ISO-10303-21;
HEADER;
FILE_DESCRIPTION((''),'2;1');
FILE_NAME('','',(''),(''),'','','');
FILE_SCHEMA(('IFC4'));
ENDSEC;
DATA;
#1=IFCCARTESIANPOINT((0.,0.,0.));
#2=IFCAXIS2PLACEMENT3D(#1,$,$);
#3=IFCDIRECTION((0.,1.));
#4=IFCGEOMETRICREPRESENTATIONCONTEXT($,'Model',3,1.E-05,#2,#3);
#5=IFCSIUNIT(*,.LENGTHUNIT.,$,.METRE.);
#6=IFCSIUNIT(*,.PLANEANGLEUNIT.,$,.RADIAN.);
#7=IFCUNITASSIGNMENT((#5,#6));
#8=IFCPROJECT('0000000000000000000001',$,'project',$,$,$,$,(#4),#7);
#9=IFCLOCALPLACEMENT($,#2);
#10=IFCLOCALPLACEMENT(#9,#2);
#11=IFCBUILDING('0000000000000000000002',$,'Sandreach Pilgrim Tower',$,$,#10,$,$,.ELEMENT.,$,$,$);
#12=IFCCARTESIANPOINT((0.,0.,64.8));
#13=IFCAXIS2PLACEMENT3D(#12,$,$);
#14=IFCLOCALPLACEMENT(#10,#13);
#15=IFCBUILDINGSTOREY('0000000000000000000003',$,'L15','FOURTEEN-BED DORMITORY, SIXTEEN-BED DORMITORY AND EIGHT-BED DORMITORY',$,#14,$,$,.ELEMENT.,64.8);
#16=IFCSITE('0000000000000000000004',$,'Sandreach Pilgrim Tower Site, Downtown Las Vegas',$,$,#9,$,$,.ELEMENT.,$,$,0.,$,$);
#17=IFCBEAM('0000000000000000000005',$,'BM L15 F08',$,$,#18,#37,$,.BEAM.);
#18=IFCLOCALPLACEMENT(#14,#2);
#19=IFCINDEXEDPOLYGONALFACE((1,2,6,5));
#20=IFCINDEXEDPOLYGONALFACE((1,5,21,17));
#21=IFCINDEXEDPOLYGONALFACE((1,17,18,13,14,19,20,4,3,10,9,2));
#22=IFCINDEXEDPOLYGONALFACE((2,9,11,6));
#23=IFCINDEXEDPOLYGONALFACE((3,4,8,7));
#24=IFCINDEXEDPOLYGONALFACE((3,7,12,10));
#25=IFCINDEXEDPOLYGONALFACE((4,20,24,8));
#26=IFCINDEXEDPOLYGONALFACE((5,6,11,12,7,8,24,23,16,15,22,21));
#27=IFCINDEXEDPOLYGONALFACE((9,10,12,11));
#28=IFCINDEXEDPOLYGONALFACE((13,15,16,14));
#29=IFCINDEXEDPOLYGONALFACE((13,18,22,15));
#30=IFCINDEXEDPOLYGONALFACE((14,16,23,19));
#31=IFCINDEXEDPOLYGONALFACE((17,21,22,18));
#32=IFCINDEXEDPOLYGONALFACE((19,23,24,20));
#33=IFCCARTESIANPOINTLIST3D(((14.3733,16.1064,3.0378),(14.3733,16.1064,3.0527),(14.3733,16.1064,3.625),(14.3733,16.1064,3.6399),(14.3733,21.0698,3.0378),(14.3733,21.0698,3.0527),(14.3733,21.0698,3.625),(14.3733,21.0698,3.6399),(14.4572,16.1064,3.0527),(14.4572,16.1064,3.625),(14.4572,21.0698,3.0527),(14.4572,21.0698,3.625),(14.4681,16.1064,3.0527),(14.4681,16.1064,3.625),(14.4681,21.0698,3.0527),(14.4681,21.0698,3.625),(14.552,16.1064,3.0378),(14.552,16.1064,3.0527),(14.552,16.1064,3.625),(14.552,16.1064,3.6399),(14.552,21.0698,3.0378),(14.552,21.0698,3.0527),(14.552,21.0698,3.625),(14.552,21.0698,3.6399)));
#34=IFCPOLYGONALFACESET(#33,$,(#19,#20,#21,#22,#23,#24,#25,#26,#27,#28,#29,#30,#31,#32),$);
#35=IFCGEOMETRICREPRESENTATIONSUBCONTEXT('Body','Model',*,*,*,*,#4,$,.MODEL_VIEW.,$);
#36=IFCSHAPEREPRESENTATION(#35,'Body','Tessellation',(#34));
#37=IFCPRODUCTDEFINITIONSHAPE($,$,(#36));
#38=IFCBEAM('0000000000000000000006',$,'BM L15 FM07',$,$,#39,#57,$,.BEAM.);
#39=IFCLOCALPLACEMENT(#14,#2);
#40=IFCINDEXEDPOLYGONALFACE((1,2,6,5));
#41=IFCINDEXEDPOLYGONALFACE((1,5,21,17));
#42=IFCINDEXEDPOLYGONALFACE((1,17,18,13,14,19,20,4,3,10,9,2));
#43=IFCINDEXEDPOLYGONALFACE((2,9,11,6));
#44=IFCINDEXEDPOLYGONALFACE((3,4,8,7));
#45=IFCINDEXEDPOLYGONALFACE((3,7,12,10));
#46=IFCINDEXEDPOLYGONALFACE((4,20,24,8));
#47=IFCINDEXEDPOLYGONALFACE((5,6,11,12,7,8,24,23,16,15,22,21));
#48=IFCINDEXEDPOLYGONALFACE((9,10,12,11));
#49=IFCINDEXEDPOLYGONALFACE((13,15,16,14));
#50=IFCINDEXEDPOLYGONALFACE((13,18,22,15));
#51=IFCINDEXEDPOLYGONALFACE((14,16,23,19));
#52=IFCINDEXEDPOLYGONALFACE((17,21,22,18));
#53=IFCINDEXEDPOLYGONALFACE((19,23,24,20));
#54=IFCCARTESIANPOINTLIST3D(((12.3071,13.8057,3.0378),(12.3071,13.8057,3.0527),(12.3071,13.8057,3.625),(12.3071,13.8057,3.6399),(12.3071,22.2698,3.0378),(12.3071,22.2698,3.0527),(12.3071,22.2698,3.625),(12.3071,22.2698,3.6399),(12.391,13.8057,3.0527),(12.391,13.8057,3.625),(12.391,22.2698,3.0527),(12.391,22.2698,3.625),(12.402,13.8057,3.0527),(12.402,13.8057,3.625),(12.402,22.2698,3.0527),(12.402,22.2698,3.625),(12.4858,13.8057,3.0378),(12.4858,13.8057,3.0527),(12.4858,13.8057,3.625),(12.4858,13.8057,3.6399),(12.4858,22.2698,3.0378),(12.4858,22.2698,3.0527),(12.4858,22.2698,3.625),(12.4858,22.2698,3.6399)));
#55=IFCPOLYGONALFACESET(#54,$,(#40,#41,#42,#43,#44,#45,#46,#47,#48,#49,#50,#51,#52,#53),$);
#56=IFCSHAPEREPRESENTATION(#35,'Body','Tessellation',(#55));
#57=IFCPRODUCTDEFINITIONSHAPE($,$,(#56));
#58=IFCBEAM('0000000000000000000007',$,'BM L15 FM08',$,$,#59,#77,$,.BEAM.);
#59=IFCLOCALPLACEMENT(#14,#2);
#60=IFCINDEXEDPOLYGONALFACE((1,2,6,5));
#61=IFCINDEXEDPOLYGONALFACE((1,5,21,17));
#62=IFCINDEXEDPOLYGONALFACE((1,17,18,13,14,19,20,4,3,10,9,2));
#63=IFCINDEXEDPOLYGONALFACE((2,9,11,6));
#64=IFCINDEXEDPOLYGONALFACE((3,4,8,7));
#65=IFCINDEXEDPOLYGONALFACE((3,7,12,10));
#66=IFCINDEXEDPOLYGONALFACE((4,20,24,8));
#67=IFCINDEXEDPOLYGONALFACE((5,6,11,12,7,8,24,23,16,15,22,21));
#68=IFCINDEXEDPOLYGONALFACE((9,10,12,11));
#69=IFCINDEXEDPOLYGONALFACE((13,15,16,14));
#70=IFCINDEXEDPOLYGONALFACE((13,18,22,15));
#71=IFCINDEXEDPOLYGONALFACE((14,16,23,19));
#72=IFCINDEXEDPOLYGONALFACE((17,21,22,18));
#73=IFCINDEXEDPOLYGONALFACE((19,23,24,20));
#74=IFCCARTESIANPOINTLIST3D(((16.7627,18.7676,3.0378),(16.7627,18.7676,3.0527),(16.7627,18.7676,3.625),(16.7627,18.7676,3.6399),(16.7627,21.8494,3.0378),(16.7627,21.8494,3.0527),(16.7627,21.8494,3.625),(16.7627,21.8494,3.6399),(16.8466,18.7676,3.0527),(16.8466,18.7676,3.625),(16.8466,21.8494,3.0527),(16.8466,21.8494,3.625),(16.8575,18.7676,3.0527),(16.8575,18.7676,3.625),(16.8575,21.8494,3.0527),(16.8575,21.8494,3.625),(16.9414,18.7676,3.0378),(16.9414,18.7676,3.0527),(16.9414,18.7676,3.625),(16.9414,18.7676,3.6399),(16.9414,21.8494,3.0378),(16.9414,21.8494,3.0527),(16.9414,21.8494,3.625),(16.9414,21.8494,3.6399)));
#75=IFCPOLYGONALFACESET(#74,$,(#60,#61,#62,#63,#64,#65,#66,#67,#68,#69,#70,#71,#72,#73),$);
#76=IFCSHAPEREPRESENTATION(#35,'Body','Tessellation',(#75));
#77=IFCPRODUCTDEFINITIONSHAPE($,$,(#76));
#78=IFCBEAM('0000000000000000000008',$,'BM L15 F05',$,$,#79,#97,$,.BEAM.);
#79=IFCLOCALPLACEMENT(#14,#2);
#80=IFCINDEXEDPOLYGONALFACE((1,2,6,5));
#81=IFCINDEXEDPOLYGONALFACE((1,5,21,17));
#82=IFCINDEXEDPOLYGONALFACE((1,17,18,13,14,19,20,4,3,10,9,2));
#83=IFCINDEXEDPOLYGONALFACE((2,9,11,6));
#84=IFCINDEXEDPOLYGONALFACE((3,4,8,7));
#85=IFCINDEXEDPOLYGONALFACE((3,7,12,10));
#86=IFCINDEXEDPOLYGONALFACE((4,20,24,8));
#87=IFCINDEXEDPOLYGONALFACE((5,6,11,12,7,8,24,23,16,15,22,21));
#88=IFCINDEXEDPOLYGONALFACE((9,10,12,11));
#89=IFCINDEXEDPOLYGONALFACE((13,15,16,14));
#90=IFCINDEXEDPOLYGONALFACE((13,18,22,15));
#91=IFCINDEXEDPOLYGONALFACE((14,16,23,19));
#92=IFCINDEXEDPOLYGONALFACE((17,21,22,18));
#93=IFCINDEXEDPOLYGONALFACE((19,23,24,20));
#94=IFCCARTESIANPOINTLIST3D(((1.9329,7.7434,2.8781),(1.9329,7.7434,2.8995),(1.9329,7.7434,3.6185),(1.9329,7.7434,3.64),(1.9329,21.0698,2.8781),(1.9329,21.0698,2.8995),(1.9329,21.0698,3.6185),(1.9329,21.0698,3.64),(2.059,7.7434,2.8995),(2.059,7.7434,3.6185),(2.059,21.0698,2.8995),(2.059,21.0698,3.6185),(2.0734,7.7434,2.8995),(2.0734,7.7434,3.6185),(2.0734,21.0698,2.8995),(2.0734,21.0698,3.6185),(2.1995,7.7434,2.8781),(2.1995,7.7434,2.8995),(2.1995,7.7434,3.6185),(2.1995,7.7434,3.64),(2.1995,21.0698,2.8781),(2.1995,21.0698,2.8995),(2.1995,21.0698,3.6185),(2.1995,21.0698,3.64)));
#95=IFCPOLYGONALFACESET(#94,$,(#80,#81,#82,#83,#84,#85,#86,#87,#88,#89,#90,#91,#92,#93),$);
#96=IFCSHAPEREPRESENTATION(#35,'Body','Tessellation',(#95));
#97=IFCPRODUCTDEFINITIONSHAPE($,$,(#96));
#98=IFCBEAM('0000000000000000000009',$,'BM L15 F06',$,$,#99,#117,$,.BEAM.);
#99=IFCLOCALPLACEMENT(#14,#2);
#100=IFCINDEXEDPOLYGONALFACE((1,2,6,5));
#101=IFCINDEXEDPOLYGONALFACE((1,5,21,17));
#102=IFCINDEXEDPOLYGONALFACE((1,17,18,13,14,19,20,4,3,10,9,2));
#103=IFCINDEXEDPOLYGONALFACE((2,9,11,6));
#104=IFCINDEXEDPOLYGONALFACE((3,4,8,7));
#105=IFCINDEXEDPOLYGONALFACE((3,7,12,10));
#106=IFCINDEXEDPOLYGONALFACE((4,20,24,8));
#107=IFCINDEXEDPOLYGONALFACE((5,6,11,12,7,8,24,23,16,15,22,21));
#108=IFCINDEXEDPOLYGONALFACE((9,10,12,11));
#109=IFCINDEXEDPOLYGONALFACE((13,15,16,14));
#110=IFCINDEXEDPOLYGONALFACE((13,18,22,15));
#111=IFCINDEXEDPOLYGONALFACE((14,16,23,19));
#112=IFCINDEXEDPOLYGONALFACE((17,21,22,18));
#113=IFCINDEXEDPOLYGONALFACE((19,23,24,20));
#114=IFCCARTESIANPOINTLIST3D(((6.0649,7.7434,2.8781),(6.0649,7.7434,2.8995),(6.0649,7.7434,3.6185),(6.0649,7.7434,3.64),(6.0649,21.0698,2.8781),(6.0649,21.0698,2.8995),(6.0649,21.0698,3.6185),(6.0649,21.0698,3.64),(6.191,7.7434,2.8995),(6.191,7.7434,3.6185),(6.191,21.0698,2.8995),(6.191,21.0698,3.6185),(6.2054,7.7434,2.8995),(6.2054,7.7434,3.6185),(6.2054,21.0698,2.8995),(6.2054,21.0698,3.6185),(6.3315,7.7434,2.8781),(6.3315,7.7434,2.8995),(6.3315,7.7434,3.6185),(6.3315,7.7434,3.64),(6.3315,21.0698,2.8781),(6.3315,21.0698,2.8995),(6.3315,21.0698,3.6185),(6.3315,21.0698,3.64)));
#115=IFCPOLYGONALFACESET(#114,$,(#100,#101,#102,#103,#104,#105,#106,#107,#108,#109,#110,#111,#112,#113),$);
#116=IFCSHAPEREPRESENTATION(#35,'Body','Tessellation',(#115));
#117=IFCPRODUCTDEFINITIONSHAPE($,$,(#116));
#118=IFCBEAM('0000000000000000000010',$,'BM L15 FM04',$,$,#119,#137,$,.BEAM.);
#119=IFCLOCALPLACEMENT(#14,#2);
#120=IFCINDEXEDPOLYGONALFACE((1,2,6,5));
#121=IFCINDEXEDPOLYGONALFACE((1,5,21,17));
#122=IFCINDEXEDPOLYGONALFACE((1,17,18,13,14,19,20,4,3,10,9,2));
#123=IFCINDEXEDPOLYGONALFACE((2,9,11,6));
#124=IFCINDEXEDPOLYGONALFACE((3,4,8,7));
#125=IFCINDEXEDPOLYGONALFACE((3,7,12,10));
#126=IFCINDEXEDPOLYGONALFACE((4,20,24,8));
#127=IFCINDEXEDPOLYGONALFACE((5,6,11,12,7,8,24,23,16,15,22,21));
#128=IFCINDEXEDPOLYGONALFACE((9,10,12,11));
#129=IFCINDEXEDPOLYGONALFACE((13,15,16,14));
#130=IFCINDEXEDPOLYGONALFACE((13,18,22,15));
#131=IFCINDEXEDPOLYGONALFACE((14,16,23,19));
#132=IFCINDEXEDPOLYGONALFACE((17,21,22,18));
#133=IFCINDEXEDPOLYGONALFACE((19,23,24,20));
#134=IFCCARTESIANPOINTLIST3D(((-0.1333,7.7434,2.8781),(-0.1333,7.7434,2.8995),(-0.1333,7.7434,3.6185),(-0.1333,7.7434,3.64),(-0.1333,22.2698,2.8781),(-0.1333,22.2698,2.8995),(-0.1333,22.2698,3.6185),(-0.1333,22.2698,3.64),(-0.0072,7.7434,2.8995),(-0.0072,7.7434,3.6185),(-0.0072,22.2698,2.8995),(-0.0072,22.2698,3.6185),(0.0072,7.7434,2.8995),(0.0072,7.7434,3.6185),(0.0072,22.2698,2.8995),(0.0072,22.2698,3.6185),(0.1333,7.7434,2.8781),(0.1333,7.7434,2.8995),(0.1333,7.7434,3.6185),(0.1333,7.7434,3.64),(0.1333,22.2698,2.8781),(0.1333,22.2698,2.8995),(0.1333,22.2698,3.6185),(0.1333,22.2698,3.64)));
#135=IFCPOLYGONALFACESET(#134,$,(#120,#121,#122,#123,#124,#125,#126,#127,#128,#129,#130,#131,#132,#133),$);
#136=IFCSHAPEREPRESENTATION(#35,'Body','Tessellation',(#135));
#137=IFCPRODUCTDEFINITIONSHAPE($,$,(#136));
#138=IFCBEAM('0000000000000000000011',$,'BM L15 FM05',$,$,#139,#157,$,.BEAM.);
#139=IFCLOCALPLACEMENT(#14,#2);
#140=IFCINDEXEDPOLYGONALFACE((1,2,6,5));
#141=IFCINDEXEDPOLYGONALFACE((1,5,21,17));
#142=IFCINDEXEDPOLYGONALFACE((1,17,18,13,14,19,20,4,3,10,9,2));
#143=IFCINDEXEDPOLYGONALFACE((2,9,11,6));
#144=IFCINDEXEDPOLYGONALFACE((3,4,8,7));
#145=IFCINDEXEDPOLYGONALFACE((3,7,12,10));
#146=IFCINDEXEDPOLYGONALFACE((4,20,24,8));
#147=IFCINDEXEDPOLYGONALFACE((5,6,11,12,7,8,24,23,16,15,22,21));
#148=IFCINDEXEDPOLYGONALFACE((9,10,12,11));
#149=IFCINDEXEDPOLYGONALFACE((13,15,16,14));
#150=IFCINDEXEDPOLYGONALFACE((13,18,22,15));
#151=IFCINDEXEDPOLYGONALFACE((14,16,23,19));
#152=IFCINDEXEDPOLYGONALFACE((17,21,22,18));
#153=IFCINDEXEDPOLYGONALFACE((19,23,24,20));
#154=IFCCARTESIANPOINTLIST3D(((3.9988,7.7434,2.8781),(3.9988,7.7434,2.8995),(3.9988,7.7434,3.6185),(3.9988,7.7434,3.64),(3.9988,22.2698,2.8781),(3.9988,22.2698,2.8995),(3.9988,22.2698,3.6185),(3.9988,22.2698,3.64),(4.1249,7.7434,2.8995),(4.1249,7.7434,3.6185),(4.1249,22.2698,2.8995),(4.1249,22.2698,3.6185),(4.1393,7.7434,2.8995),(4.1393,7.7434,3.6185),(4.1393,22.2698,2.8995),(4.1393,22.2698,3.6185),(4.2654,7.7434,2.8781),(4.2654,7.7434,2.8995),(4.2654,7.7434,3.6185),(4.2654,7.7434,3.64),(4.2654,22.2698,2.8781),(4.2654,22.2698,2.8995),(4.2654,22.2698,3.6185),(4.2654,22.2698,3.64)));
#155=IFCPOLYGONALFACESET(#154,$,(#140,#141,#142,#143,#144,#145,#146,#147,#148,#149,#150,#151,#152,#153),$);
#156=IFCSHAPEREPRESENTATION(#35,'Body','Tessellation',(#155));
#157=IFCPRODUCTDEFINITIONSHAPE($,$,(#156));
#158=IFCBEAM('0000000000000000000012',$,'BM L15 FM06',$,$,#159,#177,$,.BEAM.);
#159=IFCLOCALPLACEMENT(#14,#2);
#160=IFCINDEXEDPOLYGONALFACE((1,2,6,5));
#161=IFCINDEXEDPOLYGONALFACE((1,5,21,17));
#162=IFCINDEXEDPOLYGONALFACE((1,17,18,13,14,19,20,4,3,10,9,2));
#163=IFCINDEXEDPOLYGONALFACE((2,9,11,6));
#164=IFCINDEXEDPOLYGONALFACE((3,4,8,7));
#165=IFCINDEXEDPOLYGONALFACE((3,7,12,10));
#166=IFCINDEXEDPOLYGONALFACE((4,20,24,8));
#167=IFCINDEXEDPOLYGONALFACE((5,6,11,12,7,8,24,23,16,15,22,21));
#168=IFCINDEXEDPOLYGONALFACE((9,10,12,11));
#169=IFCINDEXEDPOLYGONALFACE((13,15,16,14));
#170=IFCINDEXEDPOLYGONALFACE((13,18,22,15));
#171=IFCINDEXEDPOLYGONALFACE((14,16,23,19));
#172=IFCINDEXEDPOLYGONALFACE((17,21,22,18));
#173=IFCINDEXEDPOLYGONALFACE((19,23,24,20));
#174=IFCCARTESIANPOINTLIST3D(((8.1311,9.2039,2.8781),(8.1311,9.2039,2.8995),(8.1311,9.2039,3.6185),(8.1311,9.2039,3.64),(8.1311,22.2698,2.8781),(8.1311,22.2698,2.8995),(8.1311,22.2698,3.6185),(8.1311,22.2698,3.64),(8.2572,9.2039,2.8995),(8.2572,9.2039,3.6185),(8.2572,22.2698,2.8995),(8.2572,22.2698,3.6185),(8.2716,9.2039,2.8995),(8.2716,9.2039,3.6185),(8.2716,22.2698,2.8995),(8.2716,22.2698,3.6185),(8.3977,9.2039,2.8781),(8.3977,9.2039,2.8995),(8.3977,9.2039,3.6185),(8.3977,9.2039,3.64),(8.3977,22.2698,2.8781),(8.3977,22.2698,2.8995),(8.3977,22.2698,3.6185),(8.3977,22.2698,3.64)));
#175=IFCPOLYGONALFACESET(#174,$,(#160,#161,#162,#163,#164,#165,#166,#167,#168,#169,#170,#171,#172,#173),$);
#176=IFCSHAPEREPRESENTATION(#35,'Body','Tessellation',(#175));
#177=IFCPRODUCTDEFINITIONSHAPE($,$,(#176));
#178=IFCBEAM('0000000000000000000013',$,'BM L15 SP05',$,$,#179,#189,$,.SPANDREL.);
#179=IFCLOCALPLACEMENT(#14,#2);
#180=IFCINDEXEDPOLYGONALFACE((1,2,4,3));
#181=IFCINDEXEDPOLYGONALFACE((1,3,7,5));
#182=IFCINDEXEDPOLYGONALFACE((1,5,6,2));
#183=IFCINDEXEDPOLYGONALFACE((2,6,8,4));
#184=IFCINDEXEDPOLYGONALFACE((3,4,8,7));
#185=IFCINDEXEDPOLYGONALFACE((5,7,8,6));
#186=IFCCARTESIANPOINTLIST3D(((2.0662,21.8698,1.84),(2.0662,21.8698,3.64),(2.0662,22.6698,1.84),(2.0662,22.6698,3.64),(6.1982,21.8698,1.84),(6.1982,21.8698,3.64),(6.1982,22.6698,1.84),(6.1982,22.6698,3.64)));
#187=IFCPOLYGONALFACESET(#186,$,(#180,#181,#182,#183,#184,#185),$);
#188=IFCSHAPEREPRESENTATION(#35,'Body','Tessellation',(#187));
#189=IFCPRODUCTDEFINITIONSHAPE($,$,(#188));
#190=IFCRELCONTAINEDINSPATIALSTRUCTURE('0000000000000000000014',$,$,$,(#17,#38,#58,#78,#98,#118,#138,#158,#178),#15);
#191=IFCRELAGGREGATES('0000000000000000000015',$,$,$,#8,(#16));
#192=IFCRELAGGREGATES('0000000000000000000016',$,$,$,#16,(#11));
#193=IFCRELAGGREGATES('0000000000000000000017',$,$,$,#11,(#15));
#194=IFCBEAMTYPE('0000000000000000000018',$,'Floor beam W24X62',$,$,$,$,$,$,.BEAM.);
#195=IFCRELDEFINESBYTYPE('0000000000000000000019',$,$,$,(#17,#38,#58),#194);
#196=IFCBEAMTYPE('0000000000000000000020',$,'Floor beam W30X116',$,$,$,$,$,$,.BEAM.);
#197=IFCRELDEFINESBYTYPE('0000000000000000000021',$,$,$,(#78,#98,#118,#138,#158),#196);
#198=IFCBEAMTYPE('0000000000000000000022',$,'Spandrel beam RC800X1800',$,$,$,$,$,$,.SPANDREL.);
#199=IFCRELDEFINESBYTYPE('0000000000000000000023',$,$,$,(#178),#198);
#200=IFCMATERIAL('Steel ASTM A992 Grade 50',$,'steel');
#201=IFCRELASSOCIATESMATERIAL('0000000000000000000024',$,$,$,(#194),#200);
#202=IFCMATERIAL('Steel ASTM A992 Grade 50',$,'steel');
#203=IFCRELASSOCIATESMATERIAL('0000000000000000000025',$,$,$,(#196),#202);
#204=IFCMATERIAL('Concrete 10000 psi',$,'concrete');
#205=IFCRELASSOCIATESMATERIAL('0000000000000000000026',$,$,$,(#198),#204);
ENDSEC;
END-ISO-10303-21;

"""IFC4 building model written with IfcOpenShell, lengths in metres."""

from ifc_helpers import new_model, si_unit, direction, frame, origin, origin_2d, place, context, subcontext, project, spatial, rectangle, i_section, extrude, material, material_profile, profile_set, type_object, element, save


model = new_model("IFC4")

# Units and contexts
model_context = context("Model", 3, precision=1e-05, world=origin(), true_north=direction((0.0, 1.0)))
body_context = subcontext(model_context, "Body", "Model", "MODEL_VIEW")
ifc_project = project(units=[si_unit("LENGTHUNIT", "METRE"), si_unit("PLANEANGLEUNIT", "RADIAN")], contexts=[model_context])

# Site, building, storey
site_placement = place(None, origin())
site = spatial("IfcSite", under=ifc_project, at=site_placement, Name="Sandreach Pilgrim Tower Site, Downtown Las Vegas", CompositionType="ELEMENT", RefElevation=0.0)
building_placement = place(site_placement, origin())
building = spatial("IfcBuilding", under=site, at=building_placement, Name="Sandreach Pilgrim Tower", CompositionType="ELEMENT")
storey_placement = place(building_placement, frame((0.0, 0.0, 64.8)))
storey = spatial("IfcBuildingStorey", under=building, at=storey_placement, Name="L15", Description="FOURTEEN-BED DORMITORY, SIXTEEN-BED DORMITORY AND EIGHT-BED DORMITORY", CompositionType="ELEMENT", Elevation=64.8)

# Beams
ifc_material_1 = material(Name="Steel ASTM A992 Grade 50", Category="steel")
ifc_material_profile_1 = material_profile(ifc_material_1, i_section(OverallWidth=0.1787, OverallDepth=0.6021, WebThickness=0.011, FlangeThickness=0.0149, at=origin_2d()), Name="W24X62")
ifc_profile_set_1 = profile_set([ifc_material_profile_1], Name="Steel ASTM A992 Grade 50")
beam_type_1 = type_object("IfcBeamType", Name="Floor beam W24X62", PredefinedType="BEAM", material=ifc_profile_set_1)
beam_1_placement = place(storey_placement, frame((14.4626, 21.0698, 3.3389), z_axis=(0.0, -1.0, 0.0), x_axis=(1.0, 0.0, 0.0)))
element("IfcBeam", 1, at=beam_1_placement, inside=storey, type_object=beam_type_1, Name="BM L15 F08", PredefinedType="BEAM", context=body_context, shape_type="SweptSolid", body=[
    extrude(i_section(OverallWidth=0.1787, OverallDepth=0.6021, WebThickness=0.011, FlangeThickness=0.0149, at=origin_2d()), origin(), (0.0, 0.0, 1.0), 4.9634),
])
beam_2_placement = place(storey_placement, frame((12.3965, 22.2698, 3.3389), z_axis=(0.0, -1.0, 0.0), x_axis=(1.0, 0.0, 0.0)))
element("IfcBeam", 2, at=beam_2_placement, inside=storey, type_object=beam_type_1, Name="BM L15 FM07", PredefinedType="BEAM", context=body_context, shape_type="SweptSolid", body=[
    extrude(i_section(OverallWidth=0.1787, OverallDepth=0.6021, WebThickness=0.011, FlangeThickness=0.0149, at=origin_2d()), origin(), (0.0, 0.0, 1.0), 8.4641),
])
beam_3_placement = place(storey_placement, frame((16.8521, 21.8494, 3.3389), z_axis=(0.0, -1.0, 0.0), x_axis=(1.0, 0.0, 0.0)))
element("IfcBeam", 3, at=beam_3_placement, inside=storey, type_object=beam_type_1, Name="BM L15 FM08", PredefinedType="BEAM", context=body_context, shape_type="SweptSolid", body=[
    extrude(i_section(OverallWidth=0.1787, OverallDepth=0.6021, WebThickness=0.011, FlangeThickness=0.0149, at=origin_2d()), origin(), (0.0, 0.0, 1.0), 3.0818),
])
ifc_material_2 = material(Name="Steel ASTM A992 Grade 50", Category="steel")
ifc_material_profile_2 = material_profile(ifc_material_2, i_section(OverallWidth=0.2666, OverallDepth=0.762, WebThickness=0.0144, FlangeThickness=0.0215, at=origin_2d()), Name="W30X116")
ifc_profile_set_2 = profile_set([ifc_material_profile_2], Name="Steel ASTM A992 Grade 50")
beam_type_2 = type_object("IfcBeamType", Name="Floor beam W30X116", PredefinedType="BEAM", material=ifc_profile_set_2)
for number, where, z_axis, x_axis, name in (
    (4, (2.0662, 21.0698, 3.259), (0.0, -1.0, 0.0), (1.0, 0.0, 0.0), "BM L15 F05"),
    (5, (6.1982, 21.0698, 3.259), (0.0, -1.0, 0.0), (1.0, 0.0, 0.0), "BM L15 F06"),
):
    element("IfcBeam", number, at=place(storey_placement, frame(where, z_axis=z_axis, x_axis=x_axis)), inside=storey, type_object=beam_type_2, Name=name, PredefinedType="BEAM", context=body_context, shape_type="SweptSolid", body=[
        extrude(i_section(OverallWidth=0.2666, OverallDepth=0.762, WebThickness=0.0144, FlangeThickness=0.0215, at=origin_2d()), origin(), (0.0, 0.0, 1.0), 13.3264),
    ])
for number, where, z_axis, x_axis, name in (
    (6, (0.0, 22.2698, 3.259), (0.0, -1.0, 0.0), (1.0, 0.0, 0.0), "BM L15 FM04"),
    (7, (4.1321, 22.2698, 3.259), (0.0, -1.0, 0.0), (1.0, 0.0, 0.0), "BM L15 FM05"),
):
    element("IfcBeam", number, at=place(storey_placement, frame(where, z_axis=z_axis, x_axis=x_axis)), inside=storey, type_object=beam_type_2, Name=name, PredefinedType="BEAM", context=body_context, shape_type="SweptSolid", body=[
        extrude(i_section(OverallWidth=0.2666, OverallDepth=0.762, WebThickness=0.0144, FlangeThickness=0.0215, at=origin_2d()), origin(), (0.0, 0.0, 1.0), 14.5264),
    ])
beam_4_placement = place(storey_placement, frame((8.2644, 22.2698, 3.259), z_axis=(0.0, -1.0, 0.0), x_axis=(1.0, 0.0, 0.0)))
element("IfcBeam", 8, at=beam_4_placement, inside=storey, type_object=beam_type_2, Name="BM L15 FM06", PredefinedType="BEAM", context=body_context, shape_type="SweptSolid", body=[
    extrude(i_section(OverallWidth=0.2666, OverallDepth=0.762, WebThickness=0.0144, FlangeThickness=0.0215, at=origin_2d()), origin(), (0.0, 0.0, 1.0), 13.0659),
])
ifc_material_3 = material(Name="Concrete 10000 psi", Category="concrete")
ifc_material_profile_3 = material_profile(ifc_material_3, rectangle(XDim=0.8, YDim=1.8, at=origin_2d()), Name="RC800X1800")
ifc_profile_set_3 = profile_set([ifc_material_profile_3], Name="Concrete 10000 psi")
beam_type_3 = type_object("IfcBeamType", Name="Spandrel beam RC800X1800", PredefinedType="SPANDREL", material=ifc_profile_set_3)
beam_5_placement = place(storey_placement, frame((2.0662, 22.2698, 2.74), z_axis=(1.0, 0.0, 0.0), x_axis=(0.0, 1.0, 0.0)))
element("IfcBeam", 9, at=beam_5_placement, inside=storey, type_object=beam_type_3, Name="BM L15 SP05", PredefinedType="SPANDREL", context=body_context, shape_type="SweptSolid", body=[
    extrude(rectangle(XDim=0.8, YDim=1.8, at=origin_2d()), origin(), (0.0, 0.0, 1.0), 4.1321),
])

save(model, "model.ifc")
